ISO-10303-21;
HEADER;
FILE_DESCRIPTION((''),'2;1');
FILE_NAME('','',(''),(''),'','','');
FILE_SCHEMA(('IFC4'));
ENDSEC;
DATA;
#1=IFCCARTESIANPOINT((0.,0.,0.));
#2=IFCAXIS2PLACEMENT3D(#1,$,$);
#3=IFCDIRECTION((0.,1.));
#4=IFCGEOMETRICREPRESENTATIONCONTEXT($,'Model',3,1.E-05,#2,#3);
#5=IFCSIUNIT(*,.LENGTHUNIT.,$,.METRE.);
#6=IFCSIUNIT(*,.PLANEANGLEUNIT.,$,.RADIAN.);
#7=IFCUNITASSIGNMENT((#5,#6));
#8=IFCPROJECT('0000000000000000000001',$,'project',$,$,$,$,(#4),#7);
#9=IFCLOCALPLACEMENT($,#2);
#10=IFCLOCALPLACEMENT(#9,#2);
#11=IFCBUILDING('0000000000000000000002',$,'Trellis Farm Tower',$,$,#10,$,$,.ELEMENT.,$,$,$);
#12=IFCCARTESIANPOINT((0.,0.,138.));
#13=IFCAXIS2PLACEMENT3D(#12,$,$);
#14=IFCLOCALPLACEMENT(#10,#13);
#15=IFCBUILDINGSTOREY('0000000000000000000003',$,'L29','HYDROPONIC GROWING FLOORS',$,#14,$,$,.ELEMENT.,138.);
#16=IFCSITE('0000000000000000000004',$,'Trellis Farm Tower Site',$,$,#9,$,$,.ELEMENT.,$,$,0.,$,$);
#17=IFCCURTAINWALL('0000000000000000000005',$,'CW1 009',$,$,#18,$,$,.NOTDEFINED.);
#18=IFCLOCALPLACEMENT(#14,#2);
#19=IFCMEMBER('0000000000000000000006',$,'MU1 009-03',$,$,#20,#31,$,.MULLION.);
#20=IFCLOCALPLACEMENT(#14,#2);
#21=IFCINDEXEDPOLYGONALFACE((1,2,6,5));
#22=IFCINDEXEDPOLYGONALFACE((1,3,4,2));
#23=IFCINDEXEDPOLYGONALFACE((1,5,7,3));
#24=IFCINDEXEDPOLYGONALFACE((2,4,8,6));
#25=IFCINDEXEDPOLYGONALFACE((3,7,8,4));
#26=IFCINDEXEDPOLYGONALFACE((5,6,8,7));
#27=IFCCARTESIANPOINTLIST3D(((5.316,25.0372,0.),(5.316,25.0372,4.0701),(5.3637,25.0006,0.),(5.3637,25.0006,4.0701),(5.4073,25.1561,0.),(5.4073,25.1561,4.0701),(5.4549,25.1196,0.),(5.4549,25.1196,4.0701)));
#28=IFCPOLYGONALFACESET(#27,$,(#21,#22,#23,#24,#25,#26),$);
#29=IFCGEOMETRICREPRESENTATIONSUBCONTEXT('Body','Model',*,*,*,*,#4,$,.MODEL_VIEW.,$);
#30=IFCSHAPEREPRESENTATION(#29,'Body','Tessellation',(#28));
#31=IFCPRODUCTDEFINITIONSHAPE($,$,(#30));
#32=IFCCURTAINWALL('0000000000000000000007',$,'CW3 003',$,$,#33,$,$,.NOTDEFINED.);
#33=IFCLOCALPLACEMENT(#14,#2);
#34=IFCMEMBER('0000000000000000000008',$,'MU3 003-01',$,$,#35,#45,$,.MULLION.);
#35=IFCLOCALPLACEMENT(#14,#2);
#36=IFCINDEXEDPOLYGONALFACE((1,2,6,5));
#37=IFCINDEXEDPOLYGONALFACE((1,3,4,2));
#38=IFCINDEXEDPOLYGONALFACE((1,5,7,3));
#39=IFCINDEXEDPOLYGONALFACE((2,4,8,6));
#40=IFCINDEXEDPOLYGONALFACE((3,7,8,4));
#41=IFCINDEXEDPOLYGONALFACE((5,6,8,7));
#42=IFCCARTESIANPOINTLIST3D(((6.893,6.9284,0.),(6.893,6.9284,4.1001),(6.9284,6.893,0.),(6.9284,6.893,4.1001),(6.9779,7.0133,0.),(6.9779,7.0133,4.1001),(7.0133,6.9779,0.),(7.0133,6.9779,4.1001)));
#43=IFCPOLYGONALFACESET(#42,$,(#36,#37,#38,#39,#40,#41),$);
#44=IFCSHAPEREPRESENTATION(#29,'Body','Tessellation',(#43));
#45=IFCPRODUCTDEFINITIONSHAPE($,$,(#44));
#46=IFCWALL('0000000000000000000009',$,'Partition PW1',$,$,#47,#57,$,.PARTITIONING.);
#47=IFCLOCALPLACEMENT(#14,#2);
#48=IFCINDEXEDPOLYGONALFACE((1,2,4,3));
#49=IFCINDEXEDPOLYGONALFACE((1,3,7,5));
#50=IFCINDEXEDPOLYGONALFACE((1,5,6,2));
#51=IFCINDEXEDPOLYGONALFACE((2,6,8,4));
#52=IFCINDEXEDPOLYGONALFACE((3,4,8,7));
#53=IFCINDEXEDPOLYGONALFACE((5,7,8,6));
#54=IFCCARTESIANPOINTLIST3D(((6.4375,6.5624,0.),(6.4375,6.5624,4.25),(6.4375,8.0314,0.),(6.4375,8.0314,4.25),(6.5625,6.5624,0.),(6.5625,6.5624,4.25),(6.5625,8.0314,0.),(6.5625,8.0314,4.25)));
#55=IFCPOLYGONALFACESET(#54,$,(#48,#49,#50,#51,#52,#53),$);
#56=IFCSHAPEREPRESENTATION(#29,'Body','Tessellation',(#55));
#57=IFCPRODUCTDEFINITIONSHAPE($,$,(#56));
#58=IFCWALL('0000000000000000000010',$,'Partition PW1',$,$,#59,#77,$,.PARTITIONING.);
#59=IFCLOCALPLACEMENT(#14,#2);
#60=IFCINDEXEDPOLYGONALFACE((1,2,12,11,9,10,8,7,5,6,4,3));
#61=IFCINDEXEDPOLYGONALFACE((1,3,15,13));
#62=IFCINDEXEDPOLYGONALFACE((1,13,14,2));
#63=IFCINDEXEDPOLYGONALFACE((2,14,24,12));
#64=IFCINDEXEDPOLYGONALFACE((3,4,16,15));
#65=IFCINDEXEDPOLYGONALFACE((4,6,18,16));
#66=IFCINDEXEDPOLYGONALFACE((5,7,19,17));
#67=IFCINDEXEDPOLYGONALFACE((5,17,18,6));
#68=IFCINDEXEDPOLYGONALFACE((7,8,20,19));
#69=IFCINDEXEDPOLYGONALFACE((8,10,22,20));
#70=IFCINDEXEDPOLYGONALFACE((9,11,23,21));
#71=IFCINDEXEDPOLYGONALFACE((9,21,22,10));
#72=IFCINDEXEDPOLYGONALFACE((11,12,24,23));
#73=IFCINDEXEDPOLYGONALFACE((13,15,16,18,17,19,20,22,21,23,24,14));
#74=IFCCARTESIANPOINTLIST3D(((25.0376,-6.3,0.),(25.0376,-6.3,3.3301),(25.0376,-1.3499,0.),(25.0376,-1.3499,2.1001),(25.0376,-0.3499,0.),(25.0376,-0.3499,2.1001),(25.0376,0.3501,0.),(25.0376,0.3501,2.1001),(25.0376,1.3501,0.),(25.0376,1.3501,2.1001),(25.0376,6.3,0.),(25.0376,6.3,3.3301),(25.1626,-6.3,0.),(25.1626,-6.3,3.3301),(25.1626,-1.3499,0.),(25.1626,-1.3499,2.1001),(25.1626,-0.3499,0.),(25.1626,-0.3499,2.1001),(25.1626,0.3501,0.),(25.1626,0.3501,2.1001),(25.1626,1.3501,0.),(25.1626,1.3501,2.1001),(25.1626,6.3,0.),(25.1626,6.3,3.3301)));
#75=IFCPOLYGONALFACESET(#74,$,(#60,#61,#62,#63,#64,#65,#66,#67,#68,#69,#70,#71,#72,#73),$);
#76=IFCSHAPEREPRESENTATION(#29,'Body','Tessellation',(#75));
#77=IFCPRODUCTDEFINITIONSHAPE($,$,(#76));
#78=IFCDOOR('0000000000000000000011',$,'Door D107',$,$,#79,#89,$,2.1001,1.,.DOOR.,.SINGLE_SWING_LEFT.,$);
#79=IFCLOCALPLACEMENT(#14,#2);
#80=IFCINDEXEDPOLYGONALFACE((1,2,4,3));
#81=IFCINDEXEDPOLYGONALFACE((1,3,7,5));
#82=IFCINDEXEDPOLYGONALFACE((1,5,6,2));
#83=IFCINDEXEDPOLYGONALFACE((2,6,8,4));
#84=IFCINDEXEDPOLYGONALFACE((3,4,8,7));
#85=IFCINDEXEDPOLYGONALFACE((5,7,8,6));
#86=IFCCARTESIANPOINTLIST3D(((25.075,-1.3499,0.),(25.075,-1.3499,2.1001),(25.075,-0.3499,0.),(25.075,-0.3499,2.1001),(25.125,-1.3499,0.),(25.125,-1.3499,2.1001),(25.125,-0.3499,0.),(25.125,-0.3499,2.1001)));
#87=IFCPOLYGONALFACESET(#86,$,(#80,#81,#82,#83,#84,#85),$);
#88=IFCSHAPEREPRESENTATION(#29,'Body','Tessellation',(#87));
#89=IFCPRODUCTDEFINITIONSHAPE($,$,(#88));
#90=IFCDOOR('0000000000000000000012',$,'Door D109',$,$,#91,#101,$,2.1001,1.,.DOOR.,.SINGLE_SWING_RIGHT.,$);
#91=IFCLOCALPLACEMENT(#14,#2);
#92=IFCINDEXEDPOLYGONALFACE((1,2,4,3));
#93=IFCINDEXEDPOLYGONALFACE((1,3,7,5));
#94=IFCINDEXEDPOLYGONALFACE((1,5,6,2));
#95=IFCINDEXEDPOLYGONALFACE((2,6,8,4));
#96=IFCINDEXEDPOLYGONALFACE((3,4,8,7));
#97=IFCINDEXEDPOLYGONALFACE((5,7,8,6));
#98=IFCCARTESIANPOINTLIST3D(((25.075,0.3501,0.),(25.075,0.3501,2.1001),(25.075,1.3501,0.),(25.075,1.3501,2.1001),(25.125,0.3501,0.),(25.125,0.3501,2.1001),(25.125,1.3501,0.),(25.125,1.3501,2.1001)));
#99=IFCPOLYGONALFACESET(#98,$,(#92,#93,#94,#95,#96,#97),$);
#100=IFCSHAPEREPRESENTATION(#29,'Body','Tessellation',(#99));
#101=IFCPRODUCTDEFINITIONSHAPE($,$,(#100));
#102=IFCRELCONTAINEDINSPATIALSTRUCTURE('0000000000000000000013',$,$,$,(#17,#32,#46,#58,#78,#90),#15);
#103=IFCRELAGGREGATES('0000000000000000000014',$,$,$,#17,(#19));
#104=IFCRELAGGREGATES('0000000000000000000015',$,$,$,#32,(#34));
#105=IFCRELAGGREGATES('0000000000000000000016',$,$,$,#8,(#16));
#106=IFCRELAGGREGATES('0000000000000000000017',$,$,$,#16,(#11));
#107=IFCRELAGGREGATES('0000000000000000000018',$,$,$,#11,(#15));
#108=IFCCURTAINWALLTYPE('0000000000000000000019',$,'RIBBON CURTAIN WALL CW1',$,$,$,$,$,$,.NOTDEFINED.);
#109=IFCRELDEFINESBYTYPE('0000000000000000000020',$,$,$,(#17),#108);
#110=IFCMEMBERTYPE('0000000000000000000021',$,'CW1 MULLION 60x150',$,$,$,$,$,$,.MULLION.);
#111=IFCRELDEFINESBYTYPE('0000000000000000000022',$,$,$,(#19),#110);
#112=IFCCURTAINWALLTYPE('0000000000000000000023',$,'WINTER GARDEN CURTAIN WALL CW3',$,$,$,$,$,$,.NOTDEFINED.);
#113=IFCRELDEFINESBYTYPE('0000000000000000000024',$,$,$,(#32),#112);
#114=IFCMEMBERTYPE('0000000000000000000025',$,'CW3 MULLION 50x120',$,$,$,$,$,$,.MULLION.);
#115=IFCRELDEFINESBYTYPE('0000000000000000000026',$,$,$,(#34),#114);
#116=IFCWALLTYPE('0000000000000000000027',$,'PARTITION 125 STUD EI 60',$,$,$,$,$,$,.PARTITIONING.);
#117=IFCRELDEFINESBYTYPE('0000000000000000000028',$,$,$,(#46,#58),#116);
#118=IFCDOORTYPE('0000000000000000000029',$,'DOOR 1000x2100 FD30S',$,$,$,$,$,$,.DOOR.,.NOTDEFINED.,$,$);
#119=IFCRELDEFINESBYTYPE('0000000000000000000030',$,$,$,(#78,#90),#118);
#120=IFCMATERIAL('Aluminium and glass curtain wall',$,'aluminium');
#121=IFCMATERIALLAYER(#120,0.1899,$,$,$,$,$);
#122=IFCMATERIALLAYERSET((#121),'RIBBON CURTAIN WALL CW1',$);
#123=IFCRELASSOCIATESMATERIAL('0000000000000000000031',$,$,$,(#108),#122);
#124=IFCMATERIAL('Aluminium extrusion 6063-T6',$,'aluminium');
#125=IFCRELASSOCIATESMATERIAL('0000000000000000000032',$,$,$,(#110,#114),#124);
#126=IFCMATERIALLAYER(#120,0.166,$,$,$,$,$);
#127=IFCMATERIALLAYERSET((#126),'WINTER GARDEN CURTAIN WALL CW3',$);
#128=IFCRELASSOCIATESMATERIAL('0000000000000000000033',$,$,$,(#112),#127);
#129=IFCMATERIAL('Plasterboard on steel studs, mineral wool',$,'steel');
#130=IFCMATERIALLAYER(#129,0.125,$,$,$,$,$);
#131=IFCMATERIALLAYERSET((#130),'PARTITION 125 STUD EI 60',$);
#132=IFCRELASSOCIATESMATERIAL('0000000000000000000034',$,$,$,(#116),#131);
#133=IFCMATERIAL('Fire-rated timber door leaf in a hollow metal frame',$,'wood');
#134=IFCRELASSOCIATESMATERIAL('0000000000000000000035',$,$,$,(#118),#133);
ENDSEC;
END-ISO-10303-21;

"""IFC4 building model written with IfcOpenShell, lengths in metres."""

from ifc_helpers import new_model, si_unit, direction, frame, frame_2d, origin, origin_2d, place, context, subcontext, project, spatial, rectangle, extrude, source, transform, mapped, material, layer, layer_set, material_profile, profile_set, type_object, element, fill, aggregate, save


model = new_model("IFC4")

# Units and contexts
model_context = context("Model", 3, precision=1e-05, world=origin(), true_north=direction((0.0, 1.0)))
body_context = subcontext(model_context, "Body", "Model", "MODEL_VIEW")
ifc_project = project(units=[si_unit("LENGTHUNIT", "METRE"), si_unit("PLANEANGLEUNIT", "RADIAN")], contexts=[model_context])

# Site, building, storey
site_placement = place(None, origin())
site = spatial("IfcSite", under=ifc_project, at=site_placement, Name="Trellis Farm Tower Site", CompositionType="ELEMENT", RefElevation=0.0)
building_placement = place(site_placement, origin())
building = spatial("IfcBuilding", under=site, at=building_placement, Name="Trellis Farm Tower", CompositionType="ELEMENT")
storey_placement = place(building_placement, frame((0.0, 0.0, 138.0)))
storey = spatial("IfcBuildingStorey", under=building, at=storey_placement, Name="L29", Description="HYDROPONIC GROWING FLOORS", CompositionType="ELEMENT", Elevation=138.0)

# Shared definitions
ifc_material_1 = material(Name="Aluminium and glass curtain wall", Category="aluminium")
ifc_layer_1 = layer(ifc_material_1, 0.1899)
ifc_layer_set_1 = layer_set([ifc_layer_1], Name="RIBBON CURTAIN WALL CW1")
curtain_wall_type_1 = type_object("IfcCurtainWallType", Name="RIBBON CURTAIN WALL CW1", PredefinedType="NOTDEFINED", material=ifc_layer_set_1)
placement = place(storey_placement, origin())
ifc_material_2 = material(Name="Aluminium extrusion 6063-T6", Category="aluminium")
ifc_material_profile_1 = material_profile(ifc_material_2, rectangle(XDim=0.0601, YDim=0.1499, at=origin_2d()), Name="MULLION 60x150")
ifc_profile_set_1 = profile_set([ifc_material_profile_1], Name="Aluminium extrusion 6063-T6")
member_type_1 = type_object("IfcMemberType", Name="CW1 MULLION 60x150", PredefinedType="MULLION", material=ifc_profile_set_1)
shared_shape_1 = source(origin(), body_context, "Body", "SweptSolid", [
    extrude(rectangle(XDim=0.0601, YDim=0.1499, at=origin_2d()), origin(), (0.0, 0.0, 1.0), 4.0701),
])

# Curtain wall, member
curtain_wall_1 = element("IfcCurtainWall", 1, at=placement, inside=storey, type_object=curtain_wall_type_1, Name="CW1 009", PredefinedType="NOTDEFINED")
member_1_placement = place(storey_placement, frame((5.3855, 25.0784, 0.0), z_axis=(0.0, 0.0, 1.0), x_axis=(-0.793353, 0.608761, 0.0)))
member_1 = element("IfcMember", 2, at=member_1_placement, type_object=member_type_1, Name="MU1 009-03", PredefinedType="MULLION", context=body_context, shape_type="MappedRepresentation", body=[
    mapped(shared_shape_1, transform((0.0, 0.0, 0.0))),
])
aggregate(curtain_wall_1, [member_1])

# Curtain wall, member
ifc_layer_2 = layer(ifc_material_1, 0.166)
ifc_layer_set_2 = layer_set([ifc_layer_2], Name="WINTER GARDEN CURTAIN WALL CW3")
curtain_wall_type_2 = type_object("IfcCurtainWallType", Name="WINTER GARDEN CURTAIN WALL CW3", PredefinedType="NOTDEFINED", material=ifc_layer_set_2)
curtain_wall_2 = element("IfcCurtainWall", 3, at=placement, inside=storey, type_object=curtain_wall_type_2, Name="CW3 003", PredefinedType="NOTDEFINED")
ifc_material_profile_2 = material_profile(ifc_material_2, rectangle(XDim=0.05, YDim=0.1201, at=origin_2d()), Name="MULLION 50x120")
ifc_profile_set_2 = profile_set([ifc_material_profile_2], Name="Aluminium extrusion 6063-T6")
member_type_2 = type_object("IfcMemberType", Name="CW3 MULLION 50x120", PredefinedType="MULLION", material=ifc_profile_set_2)
shared_shape_2 = source(origin(), body_context, "Body", "SweptSolid", [
    extrude(rectangle(XDim=0.05, YDim=0.1201, at=origin_2d()), origin(), (0.0, 0.0, 1.0), 4.1001),
])
member_2_placement = place(storey_placement, frame((6.9531, 6.9531, 0.0), z_axis=(0.0, 0.0, 1.0), x_axis=(-0.707107, 0.707107, 0.0)))
member_2 = element("IfcMember", 4, at=member_2_placement, type_object=member_type_2, Name="MU3 003-01", PredefinedType="MULLION", context=body_context, shape_type="MappedRepresentation", body=[
    mapped(shared_shape_2, transform((0.0, 0.0, 0.0))),
])
aggregate(curtain_wall_2, [member_2])

# Wall
ifc_material_3 = material(Name="Plasterboard on steel studs, mineral wool", Category="steel")
ifc_layer_3 = layer(ifc_material_3, 0.125)
ifc_layer_set_3 = layer_set([ifc_layer_3], Name="PARTITION 125 STUD EI 60")
wall_type = type_object("IfcWallType", Name="PARTITION 125 STUD EI 60", PredefinedType="PARTITIONING", material=ifc_layer_set_3)
shared_shape_3 = source(origin(), body_context, "Body", "SweptSolid", [
    extrude(rectangle(XDim=1.469, YDim=0.125, at=frame_2d((0.7344, 0.0))), origin(), (0.0, 0.0, 1.0), 4.25),
])
wall_1_placement = place(storey_placement, frame((6.5, 6.5625, 0.0), z_axis=(0.0, 0.0, 1.0), x_axis=(0.0, 1.0, 0.0)))
element("IfcWall", 5, at=wall_1_placement, inside=storey, type_object=wall_type, Name="Partition PW1", PredefinedType="PARTITIONING", context=body_context, shape_type="MappedRepresentation", body=[
    mapped(shared_shape_3, transform((0.0, 0.0, 0.0))),
])

# Wall, openings, doors
shared_shape_4 = source(origin(), body_context, "Body", "SweptSolid", [
    extrude(rectangle(XDim=12.6001, YDim=0.125, at=frame_2d((6.3, 0.0))), origin(), (0.0, 0.0, 1.0), 3.3301),
])
wall_2_placement = place(storey_placement, frame((25.1001, 6.3, 0.0), z_axis=(0.0, 0.0, 1.0), x_axis=(0.0, -1.0, 0.0)))
wall_2 = element("IfcWall", 6, at=wall_2_placement, inside=storey, type_object=wall_type, Name="Partition PW1", PredefinedType="PARTITIONING", context=body_context, shape_type="MappedRepresentation", body=[
    mapped(shared_shape_4, transform((0.0, 0.0, 0.0))),
])
shared_shape_5 = source(origin(), body_context, "Body", "SweptSolid", [
    extrude(rectangle(XDim=1.0, YDim=2.1001, at=frame_2d((0.5, 1.05))), frame((0.0, 0.0725, 0.0), z_axis=(0.0, -1.0, 0.0), x_axis=(1.0, 0.0, 0.0)), (0.0, 0.0, 1.0), 0.145),
])
opening_1_placement = place(wall_2_placement, frame((6.6499, 0.0, 0.0)))
opening_1 = element("IfcOpeningElement", 7, at=opening_1_placement, cuts=wall_2, PredefinedType="OPENING", context=body_context, shape_type="MappedRepresentation", body=[
    mapped(shared_shape_5, transform((0.0, 0.0, 0.0))),
])
opening_2_placement = place(wall_2_placement, frame((4.95, 0.0, 0.0)))
opening_2 = element("IfcOpeningElement", 8, at=opening_2_placement, cuts=wall_2, PredefinedType="OPENING", context=body_context, shape_type="MappedRepresentation", body=[
    mapped(shared_shape_5, transform((0.0, 0.0, 0.0))),
])
ifc_material_4 = material(Name="Fire-rated timber door leaf in a hollow metal frame", Category="wood")
door_type = type_object("IfcDoorType", Name="DOOR 1000x2100 FD30S", OperationType="NOTDEFINED", PredefinedType="DOOR", material=ifc_material_4)
shared_shape_6 = source(origin(), body_context, "Body", "SweptSolid", [
    extrude(rectangle(XDim=1.0, YDim=2.1001, at=frame_2d((0.5, 1.05))), frame((0.0, 0.0249, 0.0), z_axis=(0.0, -1.0, 0.0), x_axis=(1.0, 0.0, 0.0)), (0.0, 0.0, 1.0), 0.05),
])
door_1_placement = place(opening_1_placement, origin())
door_1 = element("IfcDoor", 9, at=door_1_placement, inside=storey, type_object=door_type, Name="Door D107", OperationType="SINGLE_SWING_LEFT", OverallHeight=2.1001, OverallWidth=1.0, PredefinedType="DOOR", context=body_context, shape_type="MappedRepresentation", body=[
    mapped(shared_shape_6, transform((0.0, 0.0, 0.0))),
])
fill(opening_1, door_1)
door_2_placement = place(opening_2_placement, origin())
door_2 = element("IfcDoor", 10, at=door_2_placement, inside=storey, type_object=door_type, Name="Door D109", OperationType="SINGLE_SWING_RIGHT", OverallHeight=2.1001, OverallWidth=1.0, PredefinedType="DOOR", context=body_context, shape_type="MappedRepresentation", body=[
    mapped(shared_shape_6, transform((0.0, 0.0, 0.0))),
])
fill(opening_2, door_2)

save(model, "model.ifc")
